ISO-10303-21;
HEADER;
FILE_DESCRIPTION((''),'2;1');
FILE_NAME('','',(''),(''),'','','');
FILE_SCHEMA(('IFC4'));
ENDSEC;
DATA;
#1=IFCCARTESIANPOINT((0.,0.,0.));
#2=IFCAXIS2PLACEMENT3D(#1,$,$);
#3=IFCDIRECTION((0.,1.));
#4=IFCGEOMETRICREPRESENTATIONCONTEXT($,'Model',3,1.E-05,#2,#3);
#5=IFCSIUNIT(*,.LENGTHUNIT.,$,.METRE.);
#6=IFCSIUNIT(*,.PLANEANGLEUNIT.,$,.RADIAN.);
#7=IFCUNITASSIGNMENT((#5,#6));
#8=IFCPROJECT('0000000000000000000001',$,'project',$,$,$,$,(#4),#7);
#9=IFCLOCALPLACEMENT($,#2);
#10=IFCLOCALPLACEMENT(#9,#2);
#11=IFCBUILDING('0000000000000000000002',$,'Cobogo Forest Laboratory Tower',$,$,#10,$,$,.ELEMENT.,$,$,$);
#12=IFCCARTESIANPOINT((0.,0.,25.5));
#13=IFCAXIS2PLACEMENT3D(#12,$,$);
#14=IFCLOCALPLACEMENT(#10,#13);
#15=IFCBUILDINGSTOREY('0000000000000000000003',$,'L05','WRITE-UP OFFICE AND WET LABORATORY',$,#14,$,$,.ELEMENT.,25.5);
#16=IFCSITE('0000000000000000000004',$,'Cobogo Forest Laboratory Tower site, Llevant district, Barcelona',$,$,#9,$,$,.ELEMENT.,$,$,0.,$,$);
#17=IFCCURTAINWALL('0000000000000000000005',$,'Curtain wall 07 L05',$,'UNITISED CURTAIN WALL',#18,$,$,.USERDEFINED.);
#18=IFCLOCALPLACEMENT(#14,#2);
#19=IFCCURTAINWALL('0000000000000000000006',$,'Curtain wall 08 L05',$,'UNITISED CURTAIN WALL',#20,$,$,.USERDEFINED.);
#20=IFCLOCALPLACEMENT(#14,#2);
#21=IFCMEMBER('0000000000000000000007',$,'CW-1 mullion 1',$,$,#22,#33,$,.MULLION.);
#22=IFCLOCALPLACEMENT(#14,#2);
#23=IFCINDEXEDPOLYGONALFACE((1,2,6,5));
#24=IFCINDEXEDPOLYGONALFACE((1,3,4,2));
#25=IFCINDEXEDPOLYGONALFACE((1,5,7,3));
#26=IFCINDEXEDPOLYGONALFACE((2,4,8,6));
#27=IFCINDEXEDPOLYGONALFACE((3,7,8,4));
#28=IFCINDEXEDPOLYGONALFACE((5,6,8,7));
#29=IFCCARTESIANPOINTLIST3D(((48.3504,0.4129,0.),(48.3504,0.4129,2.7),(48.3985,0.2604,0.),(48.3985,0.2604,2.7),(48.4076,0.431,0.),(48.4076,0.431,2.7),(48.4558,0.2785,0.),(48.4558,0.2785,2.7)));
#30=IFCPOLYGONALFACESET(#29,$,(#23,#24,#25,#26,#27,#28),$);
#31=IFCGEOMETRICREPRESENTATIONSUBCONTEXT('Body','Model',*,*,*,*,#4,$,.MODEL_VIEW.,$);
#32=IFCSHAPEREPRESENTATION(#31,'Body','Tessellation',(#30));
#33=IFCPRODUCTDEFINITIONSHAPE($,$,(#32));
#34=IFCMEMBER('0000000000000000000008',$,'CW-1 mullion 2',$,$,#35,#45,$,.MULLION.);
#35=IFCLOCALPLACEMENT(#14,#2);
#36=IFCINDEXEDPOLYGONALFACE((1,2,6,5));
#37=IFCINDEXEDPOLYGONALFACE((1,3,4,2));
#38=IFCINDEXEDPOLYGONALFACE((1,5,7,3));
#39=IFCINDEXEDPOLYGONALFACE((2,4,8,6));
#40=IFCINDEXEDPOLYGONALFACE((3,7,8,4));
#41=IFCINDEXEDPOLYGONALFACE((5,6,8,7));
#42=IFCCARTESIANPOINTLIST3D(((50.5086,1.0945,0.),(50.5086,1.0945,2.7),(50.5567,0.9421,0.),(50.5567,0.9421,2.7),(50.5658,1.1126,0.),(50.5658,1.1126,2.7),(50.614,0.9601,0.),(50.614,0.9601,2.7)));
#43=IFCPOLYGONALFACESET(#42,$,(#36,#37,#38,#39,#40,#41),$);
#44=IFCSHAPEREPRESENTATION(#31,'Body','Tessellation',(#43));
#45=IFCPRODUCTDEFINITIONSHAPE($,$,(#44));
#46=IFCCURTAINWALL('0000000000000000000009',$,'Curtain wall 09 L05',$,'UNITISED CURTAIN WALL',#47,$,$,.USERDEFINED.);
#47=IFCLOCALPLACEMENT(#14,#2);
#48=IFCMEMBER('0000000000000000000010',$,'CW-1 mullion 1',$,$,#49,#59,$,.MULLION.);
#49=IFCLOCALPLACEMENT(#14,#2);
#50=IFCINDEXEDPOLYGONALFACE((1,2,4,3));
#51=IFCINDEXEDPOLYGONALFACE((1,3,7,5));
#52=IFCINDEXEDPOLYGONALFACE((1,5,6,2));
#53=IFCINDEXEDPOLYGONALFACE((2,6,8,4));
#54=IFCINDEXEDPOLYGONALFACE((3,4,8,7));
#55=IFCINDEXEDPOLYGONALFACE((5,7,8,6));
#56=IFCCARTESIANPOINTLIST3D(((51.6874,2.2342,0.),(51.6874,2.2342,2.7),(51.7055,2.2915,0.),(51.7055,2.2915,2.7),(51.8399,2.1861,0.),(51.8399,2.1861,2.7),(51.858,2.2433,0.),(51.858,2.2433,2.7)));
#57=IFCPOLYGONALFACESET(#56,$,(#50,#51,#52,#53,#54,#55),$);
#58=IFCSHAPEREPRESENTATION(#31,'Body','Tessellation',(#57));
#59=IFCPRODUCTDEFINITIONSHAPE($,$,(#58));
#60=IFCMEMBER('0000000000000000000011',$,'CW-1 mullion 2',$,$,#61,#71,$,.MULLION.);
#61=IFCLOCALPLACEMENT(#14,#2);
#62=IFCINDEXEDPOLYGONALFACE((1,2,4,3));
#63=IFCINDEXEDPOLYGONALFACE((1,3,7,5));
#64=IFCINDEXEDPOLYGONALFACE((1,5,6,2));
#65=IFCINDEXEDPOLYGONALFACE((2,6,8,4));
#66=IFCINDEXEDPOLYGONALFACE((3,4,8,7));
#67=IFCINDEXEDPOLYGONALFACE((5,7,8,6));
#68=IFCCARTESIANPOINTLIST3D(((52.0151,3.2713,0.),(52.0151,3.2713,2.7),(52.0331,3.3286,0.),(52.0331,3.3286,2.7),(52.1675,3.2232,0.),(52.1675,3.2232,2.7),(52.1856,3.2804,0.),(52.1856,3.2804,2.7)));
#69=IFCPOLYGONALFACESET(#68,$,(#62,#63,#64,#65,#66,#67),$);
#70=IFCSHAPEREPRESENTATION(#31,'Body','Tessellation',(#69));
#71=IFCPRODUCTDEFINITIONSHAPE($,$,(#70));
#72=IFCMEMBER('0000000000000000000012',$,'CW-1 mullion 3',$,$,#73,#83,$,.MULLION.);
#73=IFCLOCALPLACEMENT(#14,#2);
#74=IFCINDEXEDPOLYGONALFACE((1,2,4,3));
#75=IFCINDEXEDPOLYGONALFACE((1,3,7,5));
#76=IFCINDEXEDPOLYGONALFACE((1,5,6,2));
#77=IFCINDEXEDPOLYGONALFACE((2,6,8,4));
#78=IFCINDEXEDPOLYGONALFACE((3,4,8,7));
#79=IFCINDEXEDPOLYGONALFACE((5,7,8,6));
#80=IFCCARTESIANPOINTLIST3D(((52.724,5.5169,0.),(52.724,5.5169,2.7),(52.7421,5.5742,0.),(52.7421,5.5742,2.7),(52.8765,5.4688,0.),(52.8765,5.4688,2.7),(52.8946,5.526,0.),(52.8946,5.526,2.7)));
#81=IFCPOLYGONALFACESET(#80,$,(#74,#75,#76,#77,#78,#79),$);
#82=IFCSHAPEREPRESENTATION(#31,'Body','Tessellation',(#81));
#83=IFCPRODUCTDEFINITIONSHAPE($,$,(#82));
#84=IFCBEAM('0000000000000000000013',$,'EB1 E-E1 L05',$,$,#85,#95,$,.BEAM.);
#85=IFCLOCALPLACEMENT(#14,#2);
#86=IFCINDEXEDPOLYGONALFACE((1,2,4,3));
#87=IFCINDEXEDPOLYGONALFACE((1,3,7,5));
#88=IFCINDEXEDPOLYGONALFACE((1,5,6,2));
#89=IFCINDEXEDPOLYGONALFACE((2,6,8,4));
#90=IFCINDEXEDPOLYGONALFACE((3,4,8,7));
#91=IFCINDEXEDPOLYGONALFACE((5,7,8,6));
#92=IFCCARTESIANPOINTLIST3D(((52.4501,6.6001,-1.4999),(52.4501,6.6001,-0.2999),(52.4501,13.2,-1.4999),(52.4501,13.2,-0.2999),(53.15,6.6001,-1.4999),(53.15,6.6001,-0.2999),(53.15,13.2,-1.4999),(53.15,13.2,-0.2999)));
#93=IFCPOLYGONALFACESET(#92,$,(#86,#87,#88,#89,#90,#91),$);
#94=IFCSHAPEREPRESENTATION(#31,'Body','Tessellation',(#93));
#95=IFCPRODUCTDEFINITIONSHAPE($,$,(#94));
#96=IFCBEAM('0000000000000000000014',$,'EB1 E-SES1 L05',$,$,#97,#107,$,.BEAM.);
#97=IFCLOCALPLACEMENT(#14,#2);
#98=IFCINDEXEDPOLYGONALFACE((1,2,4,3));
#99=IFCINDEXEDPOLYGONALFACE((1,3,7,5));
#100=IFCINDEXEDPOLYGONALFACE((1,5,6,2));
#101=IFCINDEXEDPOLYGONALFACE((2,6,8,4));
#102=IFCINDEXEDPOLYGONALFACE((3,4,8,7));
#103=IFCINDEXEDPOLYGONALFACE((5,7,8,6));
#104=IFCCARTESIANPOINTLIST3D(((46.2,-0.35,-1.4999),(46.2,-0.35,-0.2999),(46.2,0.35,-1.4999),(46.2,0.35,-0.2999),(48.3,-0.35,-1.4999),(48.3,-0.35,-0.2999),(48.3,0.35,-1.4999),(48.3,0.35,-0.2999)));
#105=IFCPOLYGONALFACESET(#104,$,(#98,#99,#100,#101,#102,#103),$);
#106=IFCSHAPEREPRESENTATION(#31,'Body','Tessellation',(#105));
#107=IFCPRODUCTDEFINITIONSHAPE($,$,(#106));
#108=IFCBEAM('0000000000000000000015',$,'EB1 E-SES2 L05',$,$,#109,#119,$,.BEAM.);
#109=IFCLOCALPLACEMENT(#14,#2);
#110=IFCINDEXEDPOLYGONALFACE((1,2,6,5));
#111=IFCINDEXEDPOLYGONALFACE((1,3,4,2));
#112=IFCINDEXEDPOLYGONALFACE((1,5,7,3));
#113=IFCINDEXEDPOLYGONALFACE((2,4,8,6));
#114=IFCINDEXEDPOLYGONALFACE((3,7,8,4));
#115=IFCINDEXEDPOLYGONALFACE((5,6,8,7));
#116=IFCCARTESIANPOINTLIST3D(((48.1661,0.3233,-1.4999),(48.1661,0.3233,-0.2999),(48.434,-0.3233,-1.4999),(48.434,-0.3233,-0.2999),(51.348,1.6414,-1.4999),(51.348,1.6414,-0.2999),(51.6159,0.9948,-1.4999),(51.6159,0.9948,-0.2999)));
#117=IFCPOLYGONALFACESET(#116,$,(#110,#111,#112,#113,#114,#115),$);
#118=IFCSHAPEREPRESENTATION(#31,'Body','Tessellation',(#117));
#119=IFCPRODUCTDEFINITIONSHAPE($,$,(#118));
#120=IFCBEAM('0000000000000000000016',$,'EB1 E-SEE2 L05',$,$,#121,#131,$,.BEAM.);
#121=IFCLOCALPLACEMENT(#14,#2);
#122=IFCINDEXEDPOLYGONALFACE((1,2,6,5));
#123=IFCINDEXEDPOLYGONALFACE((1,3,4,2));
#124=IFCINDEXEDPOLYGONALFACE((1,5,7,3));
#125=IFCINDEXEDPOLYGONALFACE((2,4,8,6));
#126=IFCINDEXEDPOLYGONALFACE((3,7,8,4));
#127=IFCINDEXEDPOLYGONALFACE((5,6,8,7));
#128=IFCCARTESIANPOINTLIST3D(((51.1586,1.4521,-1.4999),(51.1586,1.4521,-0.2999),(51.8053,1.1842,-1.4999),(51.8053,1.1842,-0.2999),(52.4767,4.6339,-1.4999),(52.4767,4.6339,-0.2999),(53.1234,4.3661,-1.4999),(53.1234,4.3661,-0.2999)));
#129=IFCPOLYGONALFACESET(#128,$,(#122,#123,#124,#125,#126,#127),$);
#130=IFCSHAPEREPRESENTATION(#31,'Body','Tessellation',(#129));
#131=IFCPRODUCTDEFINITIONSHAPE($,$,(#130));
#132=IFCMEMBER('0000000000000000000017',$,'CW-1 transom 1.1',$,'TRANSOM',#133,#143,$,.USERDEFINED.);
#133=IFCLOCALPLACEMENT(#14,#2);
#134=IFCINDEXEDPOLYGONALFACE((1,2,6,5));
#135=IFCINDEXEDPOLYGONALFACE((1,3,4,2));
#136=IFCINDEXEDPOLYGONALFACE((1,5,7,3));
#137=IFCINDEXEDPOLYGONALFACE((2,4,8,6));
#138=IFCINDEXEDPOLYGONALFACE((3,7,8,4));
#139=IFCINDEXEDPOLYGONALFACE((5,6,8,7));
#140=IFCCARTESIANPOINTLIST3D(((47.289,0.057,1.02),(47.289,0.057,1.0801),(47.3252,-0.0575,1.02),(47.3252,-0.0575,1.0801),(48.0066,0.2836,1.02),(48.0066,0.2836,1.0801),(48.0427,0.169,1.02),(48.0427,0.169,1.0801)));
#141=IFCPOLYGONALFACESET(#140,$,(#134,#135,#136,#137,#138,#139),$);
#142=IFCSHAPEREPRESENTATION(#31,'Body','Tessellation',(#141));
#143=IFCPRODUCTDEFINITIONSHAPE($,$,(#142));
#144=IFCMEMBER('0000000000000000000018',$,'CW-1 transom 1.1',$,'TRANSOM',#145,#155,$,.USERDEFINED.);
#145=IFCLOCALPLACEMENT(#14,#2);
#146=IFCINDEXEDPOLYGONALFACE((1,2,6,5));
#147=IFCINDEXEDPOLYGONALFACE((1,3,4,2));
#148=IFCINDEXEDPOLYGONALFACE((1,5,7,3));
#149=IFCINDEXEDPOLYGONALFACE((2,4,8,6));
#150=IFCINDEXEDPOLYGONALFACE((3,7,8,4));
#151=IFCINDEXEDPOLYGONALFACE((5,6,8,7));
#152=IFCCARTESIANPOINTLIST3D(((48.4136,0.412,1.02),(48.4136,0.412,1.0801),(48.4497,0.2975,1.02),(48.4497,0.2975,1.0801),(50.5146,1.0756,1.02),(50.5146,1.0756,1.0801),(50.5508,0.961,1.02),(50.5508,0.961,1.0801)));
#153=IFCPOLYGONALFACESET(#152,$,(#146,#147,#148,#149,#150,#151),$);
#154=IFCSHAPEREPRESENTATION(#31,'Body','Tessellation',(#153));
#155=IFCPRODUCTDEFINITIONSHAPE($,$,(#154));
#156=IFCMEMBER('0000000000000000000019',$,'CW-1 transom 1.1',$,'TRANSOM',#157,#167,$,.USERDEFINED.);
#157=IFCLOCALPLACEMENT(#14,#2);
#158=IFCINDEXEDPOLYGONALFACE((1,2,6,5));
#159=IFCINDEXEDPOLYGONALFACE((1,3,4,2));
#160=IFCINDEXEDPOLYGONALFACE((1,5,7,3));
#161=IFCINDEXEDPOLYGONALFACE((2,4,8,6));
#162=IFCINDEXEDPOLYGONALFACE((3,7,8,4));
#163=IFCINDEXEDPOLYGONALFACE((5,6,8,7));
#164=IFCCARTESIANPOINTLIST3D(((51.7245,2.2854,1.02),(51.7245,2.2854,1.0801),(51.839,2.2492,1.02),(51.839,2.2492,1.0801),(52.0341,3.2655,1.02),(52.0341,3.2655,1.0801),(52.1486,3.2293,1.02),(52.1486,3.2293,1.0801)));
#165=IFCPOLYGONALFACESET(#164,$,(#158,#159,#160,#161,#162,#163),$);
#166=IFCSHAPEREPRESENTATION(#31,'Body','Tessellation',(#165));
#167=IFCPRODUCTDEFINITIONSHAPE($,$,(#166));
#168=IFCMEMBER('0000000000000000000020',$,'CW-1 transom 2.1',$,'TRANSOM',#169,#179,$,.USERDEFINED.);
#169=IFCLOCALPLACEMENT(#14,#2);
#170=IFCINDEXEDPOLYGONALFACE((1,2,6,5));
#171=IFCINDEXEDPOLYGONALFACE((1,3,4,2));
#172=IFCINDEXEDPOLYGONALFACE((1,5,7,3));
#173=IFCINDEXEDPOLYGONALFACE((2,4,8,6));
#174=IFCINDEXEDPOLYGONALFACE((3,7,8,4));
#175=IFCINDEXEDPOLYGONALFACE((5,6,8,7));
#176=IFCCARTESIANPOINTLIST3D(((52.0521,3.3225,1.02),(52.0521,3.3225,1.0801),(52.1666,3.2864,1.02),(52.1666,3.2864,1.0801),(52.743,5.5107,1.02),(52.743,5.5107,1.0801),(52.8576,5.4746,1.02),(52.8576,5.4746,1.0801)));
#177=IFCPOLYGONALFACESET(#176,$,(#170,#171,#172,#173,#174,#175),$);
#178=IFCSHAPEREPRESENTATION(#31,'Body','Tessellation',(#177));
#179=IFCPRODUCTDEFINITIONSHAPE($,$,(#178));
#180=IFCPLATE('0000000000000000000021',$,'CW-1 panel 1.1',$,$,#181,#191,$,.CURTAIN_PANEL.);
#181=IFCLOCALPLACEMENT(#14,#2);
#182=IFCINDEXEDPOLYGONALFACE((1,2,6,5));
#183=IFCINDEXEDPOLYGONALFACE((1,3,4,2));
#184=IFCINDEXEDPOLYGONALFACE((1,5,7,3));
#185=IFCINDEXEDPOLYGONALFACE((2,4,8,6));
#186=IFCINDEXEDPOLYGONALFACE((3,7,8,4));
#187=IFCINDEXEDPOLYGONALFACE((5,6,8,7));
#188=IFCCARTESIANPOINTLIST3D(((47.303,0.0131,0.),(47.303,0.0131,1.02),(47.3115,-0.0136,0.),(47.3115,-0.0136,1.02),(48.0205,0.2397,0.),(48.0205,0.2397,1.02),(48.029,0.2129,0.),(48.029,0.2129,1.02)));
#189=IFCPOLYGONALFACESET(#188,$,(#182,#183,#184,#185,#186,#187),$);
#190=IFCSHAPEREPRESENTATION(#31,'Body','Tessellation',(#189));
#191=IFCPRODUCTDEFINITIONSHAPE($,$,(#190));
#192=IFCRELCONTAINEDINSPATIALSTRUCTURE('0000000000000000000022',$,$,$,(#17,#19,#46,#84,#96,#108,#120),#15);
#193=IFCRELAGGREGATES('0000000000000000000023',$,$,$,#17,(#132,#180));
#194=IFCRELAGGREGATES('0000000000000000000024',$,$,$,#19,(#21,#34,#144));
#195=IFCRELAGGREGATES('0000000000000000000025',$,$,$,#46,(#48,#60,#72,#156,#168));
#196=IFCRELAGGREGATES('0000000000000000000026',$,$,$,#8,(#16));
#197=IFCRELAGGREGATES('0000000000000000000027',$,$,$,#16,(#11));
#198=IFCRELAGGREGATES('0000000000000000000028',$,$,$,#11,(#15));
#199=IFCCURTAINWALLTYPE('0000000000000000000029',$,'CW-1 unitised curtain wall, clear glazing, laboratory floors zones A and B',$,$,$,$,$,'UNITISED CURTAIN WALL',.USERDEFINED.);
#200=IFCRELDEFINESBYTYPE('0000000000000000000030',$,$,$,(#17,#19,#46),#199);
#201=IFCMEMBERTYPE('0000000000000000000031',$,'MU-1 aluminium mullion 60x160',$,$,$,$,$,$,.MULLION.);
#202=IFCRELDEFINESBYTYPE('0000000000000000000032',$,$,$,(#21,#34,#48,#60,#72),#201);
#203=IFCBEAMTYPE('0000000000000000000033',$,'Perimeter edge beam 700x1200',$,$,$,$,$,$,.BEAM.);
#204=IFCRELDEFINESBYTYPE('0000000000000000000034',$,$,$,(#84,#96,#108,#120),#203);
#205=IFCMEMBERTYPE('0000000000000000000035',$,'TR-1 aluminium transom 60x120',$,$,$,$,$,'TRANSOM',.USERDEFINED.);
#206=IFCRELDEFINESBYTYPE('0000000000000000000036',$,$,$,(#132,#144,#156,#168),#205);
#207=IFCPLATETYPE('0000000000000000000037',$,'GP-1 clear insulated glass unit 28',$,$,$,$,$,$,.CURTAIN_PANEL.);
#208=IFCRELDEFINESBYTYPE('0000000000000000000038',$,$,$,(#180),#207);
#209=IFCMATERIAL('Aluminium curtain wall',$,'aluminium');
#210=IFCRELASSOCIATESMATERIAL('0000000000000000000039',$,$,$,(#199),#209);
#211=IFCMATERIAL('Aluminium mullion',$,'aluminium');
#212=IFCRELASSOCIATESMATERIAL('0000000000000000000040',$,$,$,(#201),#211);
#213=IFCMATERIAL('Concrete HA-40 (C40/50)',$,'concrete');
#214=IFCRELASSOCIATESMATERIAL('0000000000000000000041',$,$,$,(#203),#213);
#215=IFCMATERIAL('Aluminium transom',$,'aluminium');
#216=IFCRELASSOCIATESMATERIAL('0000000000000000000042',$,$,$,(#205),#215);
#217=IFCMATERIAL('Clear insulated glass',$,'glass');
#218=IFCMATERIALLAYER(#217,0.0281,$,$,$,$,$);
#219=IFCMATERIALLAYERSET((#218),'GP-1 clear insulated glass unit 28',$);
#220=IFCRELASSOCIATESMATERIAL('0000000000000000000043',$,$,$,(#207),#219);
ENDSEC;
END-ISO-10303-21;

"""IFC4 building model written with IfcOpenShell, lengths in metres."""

from ifc_helpers import new_model, si_unit, direction, frame, origin, origin_2d, place, context, subcontext, project, spatial, rectangle, extrude, material, layer, layer_set, material_profile, profile_set, type_object, element, aggregate, save


model = new_model("IFC4")

# Units and contexts
model_context = context("Model", 3, precision=1e-05, world=origin(), true_north=direction((0.0, 1.0)))
body_context = subcontext(model_context, "Body", "Model", "MODEL_VIEW")
ifc_project = project(units=[si_unit("LENGTHUNIT", "METRE"), si_unit("PLANEANGLEUNIT", "RADIAN")], contexts=[model_context])

# Site, building, storey
site_placement = place(None, origin())
site = spatial("IfcSite", under=ifc_project, at=site_placement, Name="Cobogo Forest Laboratory Tower site, Llevant district, Barcelona", CompositionType="ELEMENT", RefElevation=0.0)
building_placement = place(site_placement, origin())
building = spatial("IfcBuilding", under=site, at=building_placement, Name="Cobogo Forest Laboratory Tower", CompositionType="ELEMENT")
storey_placement = place(building_placement, frame((0.0, 0.0, 25.5)))
storey = spatial("IfcBuildingStorey", under=building, at=storey_placement, Name="L05", Description="WRITE-UP OFFICE AND WET LABORATORY", CompositionType="ELEMENT", Elevation=25.5)

# Shared definitions
ifc_material_1 = material(Name="Concrete HA-40 (C40/50)", Category="concrete")

# Curtain walls, members
ifc_material_2 = material(Name="Aluminium curtain wall", Category="aluminium")
curtain_wall_type = type_object("IfcCurtainWallType", Name="CW-1 unitised curtain wall, clear glazing, laboratory floors zones A and B", ElementType="UNITISED CURTAIN WALL", PredefinedType="USERDEFINED", material=ifc_material_2)
curtain_wall_1_placement = place(storey_placement, origin())
curtain_wall_1 = element("IfcCurtainWall", 1, at=curtain_wall_1_placement, inside=storey, type_object=curtain_wall_type, Name="Curtain wall 07 L05", ObjectType="UNITISED CURTAIN WALL", PredefinedType="USERDEFINED")
ifc_material_3 = material(Name="Aluminium mullion", Category="aluminium")
ifc_material_profile_1 = material_profile(ifc_material_3, rectangle(XDim=0.0601, YDim=0.1599, at=origin_2d()), Name="AL 60x160")
ifc_profile_set_1 = profile_set([ifc_material_profile_1], Name="Aluminium mullion")
member_type_1 = type_object("IfcMemberType", Name="MU-1 aluminium mullion 60x160", PredefinedType="MULLION", material=ifc_profile_set_1)
curtain_wall_2_placement = place(storey_placement, origin())
curtain_wall_2 = element("IfcCurtainWall", 2, at=curtain_wall_2_placement, inside=storey, type_object=curtain_wall_type, Name="Curtain wall 08 L05", ObjectType="UNITISED CURTAIN WALL", PredefinedType="USERDEFINED")
member_1_placement = place(storey_placement, frame((48.4031, 0.3457, 0.0), z_axis=(0.0, 0.0, 1.0), x_axis=(0.953581, 0.301135, 0.0)))
member_1 = element("IfcMember", 3, at=member_1_placement, type_object=member_type_1, Name="CW-1 mullion 1", PredefinedType="MULLION", context=body_context, shape_type="SweptSolid", body=[
    extrude(rectangle(XDim=0.0601, YDim=0.1599, at=origin_2d()), origin(), (0.0, 0.0, 1.0), 2.7),
])
member_2_placement = place(storey_placement, frame((50.5613, 1.0273, 0.0), z_axis=(0.0, 0.0, 1.0), x_axis=(0.953581, 0.301135, 0.0)))
member_2 = element("IfcMember", 4, at=member_2_placement, type_object=member_type_1, Name="CW-1 mullion 2", PredefinedType="MULLION", context=body_context, shape_type="SweptSolid", body=[
    extrude(rectangle(XDim=0.0601, YDim=0.1599, at=origin_2d()), origin(), (0.0, 0.0, 1.0), 2.7),
])
curtain_wall_3_placement = place(storey_placement, origin())
curtain_wall_3 = element("IfcCurtainWall", 5, at=curtain_wall_3_placement, inside=storey, type_object=curtain_wall_type, Name="Curtain wall 09 L05", ObjectType="UNITISED CURTAIN WALL", PredefinedType="USERDEFINED")
member_3_placement = place(storey_placement, frame((51.7727, 2.2388, 0.0), z_axis=(0.0, 0.0, 1.0), x_axis=(0.301135, 0.953581, 0.0)))
member_3 = element("IfcMember", 6, at=member_3_placement, type_object=member_type_1, Name="CW-1 mullion 1", PredefinedType="MULLION", context=body_context, shape_type="SweptSolid", body=[
    extrude(rectangle(XDim=0.0601, YDim=0.1599, at=origin_2d()), origin(), (0.0, 0.0, 1.0), 2.7),
])
member_4_placement = place(storey_placement, frame((52.1003, 3.2759, 0.0), z_axis=(0.0, 0.0, 1.0), x_axis=(0.301135, 0.953581, 0.0)))
member_4 = element("IfcMember", 7, at=member_4_placement, type_object=member_type_1, Name="CW-1 mullion 2", PredefinedType="MULLION", context=body_context, shape_type="SweptSolid", body=[
    extrude(rectangle(XDim=0.0601, YDim=0.1599, at=origin_2d()), origin(), (0.0, 0.0, 1.0), 2.7),
])
member_5_placement = place(storey_placement, frame((52.8093, 5.5215, 0.0), z_axis=(0.0, 0.0, 1.0), x_axis=(0.301135, 0.953581, 0.0)))
member_5 = element("IfcMember", 8, at=member_5_placement, type_object=member_type_1, Name="CW-1 mullion 3", PredefinedType="MULLION", context=body_context, shape_type="SweptSolid", body=[
    extrude(rectangle(XDim=0.0601, YDim=0.1599, at=origin_2d()), origin(), (0.0, 0.0, 1.0), 2.7),
])

# Beams
ifc_material_profile_2 = material_profile(ifc_material_1, rectangle(XDim=0.7, YDim=1.2, at=origin_2d()), Name="RC 700x1200")
ifc_profile_set_2 = profile_set([ifc_material_profile_2], Name="Concrete HA-40 (C40/50)")
beam_type_1 = type_object("IfcBeamType", Name="Perimeter edge beam 700x1200", PredefinedType="BEAM", material=ifc_profile_set_2)
beam_1_placement = place(storey_placement, frame((52.8, 6.6001, -0.8999), z_axis=(0.0, 1.0, 0.0), x_axis=(-1.0, 0.0, 0.0)))
element("IfcBeam", 9, at=beam_1_placement, inside=storey, type_object=beam_type_1, Name="EB1 E-E1 L05", PredefinedType="BEAM", context=body_context, shape_type="SweptSolid", body=[
    extrude(rectangle(XDim=0.7, YDim=1.2, at=origin_2d()), origin(), (0.0, 0.0, 1.0), 6.5999),
])
beam_2_placement = place(storey_placement, frame((46.2, 0.0, -0.8999), z_axis=(1.0, 0.0, 0.0), x_axis=(0.0, 1.0, 0.0)))
element("IfcBeam", 10, at=beam_2_placement, inside=storey, type_object=beam_type_1, Name="EB1 E-SES1 L05", PredefinedType="BEAM", context=body_context, shape_type="SweptSolid", body=[
    extrude(rectangle(XDim=0.7, YDim=1.2, at=origin_2d()), origin(), (0.0, 0.0, 1.0), 2.1001),
])
for number, where, z_axis, x_axis, name in (
    (11, (48.3, 0.0, -0.8999), (0.923866, 0.382717, 0.0), (-0.382717, 0.923866, 0.0), "EB1 E-SES2 L05"),
    (12, (52.8, 4.5, -0.8999), (-0.382717, -0.923866, 0.0), (0.923866, -0.382717, 0.0), "EB1 E-SEE2 L05"),
):
    element("IfcBeam", number, at=place(storey_placement, frame(where, z_axis=z_axis, x_axis=x_axis)), inside=storey, type_object=beam_type_1, Name=name, PredefinedType="BEAM", context=body_context, shape_type="SweptSolid", body=[
        extrude(rectangle(XDim=0.7, YDim=1.2, at=origin_2d()), origin(), (0.0, 0.0, 1.0), 3.4441),
    ])

# Members
ifc_material_4 = material(Name="Aluminium transom", Category="aluminium")
ifc_material_profile_3 = material_profile(ifc_material_4, rectangle(XDim=0.1201, YDim=0.0601, at=origin_2d()), Name="AL 60x120")
ifc_profile_set_3 = profile_set([ifc_material_profile_3], Name="Aluminium transom")
member_type_2 = type_object("IfcMemberType", Name="TR-1 aluminium transom 60x120", ElementType="TRANSOM", PredefinedType="USERDEFINED", material=ifc_profile_set_3)
member_6_placement = place(storey_placement, frame((47.3071, -0.0002, 1.05), z_axis=(0.953592, 0.3011, 0.0), x_axis=(-0.3011, 0.953592, 0.0)))
member_6 = element("IfcMember", 13, at=member_6_placement, type_object=member_type_2, Name="CW-1 transom 1.1", ObjectType="TRANSOM", PredefinedType="USERDEFINED", context=body_context, shape_type="SweptSolid", body=[
    extrude(rectangle(XDim=0.1201, YDim=0.0601, at=origin_2d()), origin(), (0.0, 0.0, 1.0), 0.7524),
])
member_7_placement = place(storey_placement, frame((48.4316, 0.3547, 1.05), z_axis=(0.953573, 0.301163, 0.0), x_axis=(-0.301163, 0.953573, 0.0)))
member_7 = element("IfcMember", 14, at=member_7_placement, type_object=member_type_2, Name="CW-1 transom 1.1", ObjectType="TRANSOM", PredefinedType="USERDEFINED", context=body_context, shape_type="SweptSolid", body=[
    extrude(rectangle(XDim=0.1201, YDim=0.0601, at=origin_2d()), origin(), (0.0, 0.0, 1.0), 2.2034),
])
member_8_placement = place(storey_placement, frame((51.7817, 2.2673, 1.05), z_axis=(0.301222, 0.953554, 0.0), x_axis=(-0.953554, 0.301222, 0.0)))
member_8 = element("IfcMember", 15, at=member_8_placement, type_object=member_type_2, Name="CW-1 transom 1.1", ObjectType="TRANSOM", PredefinedType="USERDEFINED", context=body_context, shape_type="SweptSolid", body=[
    extrude(rectangle(XDim=0.1201, YDim=0.0601, at=origin_2d()), origin(), (0.0, 0.0, 1.0), 1.0278),
])
member_9_placement = place(storey_placement, frame((52.1094, 3.3044, 1.05), z_axis=(0.301091, 0.953596, 0.0), x_axis=(-0.953596, 0.301091, 0.0)))
member_9 = element("IfcMember", 16, at=member_9_placement, type_object=member_type_2, Name="CW-1 transom 2.1", ObjectType="TRANSOM", PredefinedType="USERDEFINED", context=body_context, shape_type="SweptSolid", body=[
    extrude(rectangle(XDim=0.1201, YDim=0.0601, at=origin_2d()), origin(), (0.0, 0.0, 1.0), 2.2947),
])

# Plate
ifc_material_5 = material(Name="Clear insulated glass", Category="glass")
ifc_layer = layer(ifc_material_5, 0.0281)
ifc_layer_set = layer_set([ifc_layer], Name="GP-1 clear insulated glass unit 28")
plate_type = type_object("IfcPlateType", Name="GP-1 clear insulated glass unit 28", PredefinedType="CURTAIN_PANEL", material=ifc_layer_set)
plate_1_placement = place(storey_placement, frame((47.666, 0.113, 0.0), z_axis=(0.0, 0.0, 1.0), x_axis=(0.953582, 0.301135, 0.0)))
plate_1 = element("IfcPlate", 17, at=plate_1_placement, type_object=plate_type, Name="CW-1 panel 1.1", PredefinedType="CURTAIN_PANEL", context=body_context, shape_type="SweptSolid", body=[
    extrude(rectangle(XDim=0.7524, YDim=0.0281, at=origin_2d()), origin(), (0.0, 0.0, 1.0), 1.02),
])
aggregate(curtain_wall_1, [member_6, plate_1])
aggregate(curtain_wall_2, [member_1, member_2, member_7])
aggregate(curtain_wall_3, [member_3, member_4, member_5, member_8, member_9])

save(model, "model.ifc")
